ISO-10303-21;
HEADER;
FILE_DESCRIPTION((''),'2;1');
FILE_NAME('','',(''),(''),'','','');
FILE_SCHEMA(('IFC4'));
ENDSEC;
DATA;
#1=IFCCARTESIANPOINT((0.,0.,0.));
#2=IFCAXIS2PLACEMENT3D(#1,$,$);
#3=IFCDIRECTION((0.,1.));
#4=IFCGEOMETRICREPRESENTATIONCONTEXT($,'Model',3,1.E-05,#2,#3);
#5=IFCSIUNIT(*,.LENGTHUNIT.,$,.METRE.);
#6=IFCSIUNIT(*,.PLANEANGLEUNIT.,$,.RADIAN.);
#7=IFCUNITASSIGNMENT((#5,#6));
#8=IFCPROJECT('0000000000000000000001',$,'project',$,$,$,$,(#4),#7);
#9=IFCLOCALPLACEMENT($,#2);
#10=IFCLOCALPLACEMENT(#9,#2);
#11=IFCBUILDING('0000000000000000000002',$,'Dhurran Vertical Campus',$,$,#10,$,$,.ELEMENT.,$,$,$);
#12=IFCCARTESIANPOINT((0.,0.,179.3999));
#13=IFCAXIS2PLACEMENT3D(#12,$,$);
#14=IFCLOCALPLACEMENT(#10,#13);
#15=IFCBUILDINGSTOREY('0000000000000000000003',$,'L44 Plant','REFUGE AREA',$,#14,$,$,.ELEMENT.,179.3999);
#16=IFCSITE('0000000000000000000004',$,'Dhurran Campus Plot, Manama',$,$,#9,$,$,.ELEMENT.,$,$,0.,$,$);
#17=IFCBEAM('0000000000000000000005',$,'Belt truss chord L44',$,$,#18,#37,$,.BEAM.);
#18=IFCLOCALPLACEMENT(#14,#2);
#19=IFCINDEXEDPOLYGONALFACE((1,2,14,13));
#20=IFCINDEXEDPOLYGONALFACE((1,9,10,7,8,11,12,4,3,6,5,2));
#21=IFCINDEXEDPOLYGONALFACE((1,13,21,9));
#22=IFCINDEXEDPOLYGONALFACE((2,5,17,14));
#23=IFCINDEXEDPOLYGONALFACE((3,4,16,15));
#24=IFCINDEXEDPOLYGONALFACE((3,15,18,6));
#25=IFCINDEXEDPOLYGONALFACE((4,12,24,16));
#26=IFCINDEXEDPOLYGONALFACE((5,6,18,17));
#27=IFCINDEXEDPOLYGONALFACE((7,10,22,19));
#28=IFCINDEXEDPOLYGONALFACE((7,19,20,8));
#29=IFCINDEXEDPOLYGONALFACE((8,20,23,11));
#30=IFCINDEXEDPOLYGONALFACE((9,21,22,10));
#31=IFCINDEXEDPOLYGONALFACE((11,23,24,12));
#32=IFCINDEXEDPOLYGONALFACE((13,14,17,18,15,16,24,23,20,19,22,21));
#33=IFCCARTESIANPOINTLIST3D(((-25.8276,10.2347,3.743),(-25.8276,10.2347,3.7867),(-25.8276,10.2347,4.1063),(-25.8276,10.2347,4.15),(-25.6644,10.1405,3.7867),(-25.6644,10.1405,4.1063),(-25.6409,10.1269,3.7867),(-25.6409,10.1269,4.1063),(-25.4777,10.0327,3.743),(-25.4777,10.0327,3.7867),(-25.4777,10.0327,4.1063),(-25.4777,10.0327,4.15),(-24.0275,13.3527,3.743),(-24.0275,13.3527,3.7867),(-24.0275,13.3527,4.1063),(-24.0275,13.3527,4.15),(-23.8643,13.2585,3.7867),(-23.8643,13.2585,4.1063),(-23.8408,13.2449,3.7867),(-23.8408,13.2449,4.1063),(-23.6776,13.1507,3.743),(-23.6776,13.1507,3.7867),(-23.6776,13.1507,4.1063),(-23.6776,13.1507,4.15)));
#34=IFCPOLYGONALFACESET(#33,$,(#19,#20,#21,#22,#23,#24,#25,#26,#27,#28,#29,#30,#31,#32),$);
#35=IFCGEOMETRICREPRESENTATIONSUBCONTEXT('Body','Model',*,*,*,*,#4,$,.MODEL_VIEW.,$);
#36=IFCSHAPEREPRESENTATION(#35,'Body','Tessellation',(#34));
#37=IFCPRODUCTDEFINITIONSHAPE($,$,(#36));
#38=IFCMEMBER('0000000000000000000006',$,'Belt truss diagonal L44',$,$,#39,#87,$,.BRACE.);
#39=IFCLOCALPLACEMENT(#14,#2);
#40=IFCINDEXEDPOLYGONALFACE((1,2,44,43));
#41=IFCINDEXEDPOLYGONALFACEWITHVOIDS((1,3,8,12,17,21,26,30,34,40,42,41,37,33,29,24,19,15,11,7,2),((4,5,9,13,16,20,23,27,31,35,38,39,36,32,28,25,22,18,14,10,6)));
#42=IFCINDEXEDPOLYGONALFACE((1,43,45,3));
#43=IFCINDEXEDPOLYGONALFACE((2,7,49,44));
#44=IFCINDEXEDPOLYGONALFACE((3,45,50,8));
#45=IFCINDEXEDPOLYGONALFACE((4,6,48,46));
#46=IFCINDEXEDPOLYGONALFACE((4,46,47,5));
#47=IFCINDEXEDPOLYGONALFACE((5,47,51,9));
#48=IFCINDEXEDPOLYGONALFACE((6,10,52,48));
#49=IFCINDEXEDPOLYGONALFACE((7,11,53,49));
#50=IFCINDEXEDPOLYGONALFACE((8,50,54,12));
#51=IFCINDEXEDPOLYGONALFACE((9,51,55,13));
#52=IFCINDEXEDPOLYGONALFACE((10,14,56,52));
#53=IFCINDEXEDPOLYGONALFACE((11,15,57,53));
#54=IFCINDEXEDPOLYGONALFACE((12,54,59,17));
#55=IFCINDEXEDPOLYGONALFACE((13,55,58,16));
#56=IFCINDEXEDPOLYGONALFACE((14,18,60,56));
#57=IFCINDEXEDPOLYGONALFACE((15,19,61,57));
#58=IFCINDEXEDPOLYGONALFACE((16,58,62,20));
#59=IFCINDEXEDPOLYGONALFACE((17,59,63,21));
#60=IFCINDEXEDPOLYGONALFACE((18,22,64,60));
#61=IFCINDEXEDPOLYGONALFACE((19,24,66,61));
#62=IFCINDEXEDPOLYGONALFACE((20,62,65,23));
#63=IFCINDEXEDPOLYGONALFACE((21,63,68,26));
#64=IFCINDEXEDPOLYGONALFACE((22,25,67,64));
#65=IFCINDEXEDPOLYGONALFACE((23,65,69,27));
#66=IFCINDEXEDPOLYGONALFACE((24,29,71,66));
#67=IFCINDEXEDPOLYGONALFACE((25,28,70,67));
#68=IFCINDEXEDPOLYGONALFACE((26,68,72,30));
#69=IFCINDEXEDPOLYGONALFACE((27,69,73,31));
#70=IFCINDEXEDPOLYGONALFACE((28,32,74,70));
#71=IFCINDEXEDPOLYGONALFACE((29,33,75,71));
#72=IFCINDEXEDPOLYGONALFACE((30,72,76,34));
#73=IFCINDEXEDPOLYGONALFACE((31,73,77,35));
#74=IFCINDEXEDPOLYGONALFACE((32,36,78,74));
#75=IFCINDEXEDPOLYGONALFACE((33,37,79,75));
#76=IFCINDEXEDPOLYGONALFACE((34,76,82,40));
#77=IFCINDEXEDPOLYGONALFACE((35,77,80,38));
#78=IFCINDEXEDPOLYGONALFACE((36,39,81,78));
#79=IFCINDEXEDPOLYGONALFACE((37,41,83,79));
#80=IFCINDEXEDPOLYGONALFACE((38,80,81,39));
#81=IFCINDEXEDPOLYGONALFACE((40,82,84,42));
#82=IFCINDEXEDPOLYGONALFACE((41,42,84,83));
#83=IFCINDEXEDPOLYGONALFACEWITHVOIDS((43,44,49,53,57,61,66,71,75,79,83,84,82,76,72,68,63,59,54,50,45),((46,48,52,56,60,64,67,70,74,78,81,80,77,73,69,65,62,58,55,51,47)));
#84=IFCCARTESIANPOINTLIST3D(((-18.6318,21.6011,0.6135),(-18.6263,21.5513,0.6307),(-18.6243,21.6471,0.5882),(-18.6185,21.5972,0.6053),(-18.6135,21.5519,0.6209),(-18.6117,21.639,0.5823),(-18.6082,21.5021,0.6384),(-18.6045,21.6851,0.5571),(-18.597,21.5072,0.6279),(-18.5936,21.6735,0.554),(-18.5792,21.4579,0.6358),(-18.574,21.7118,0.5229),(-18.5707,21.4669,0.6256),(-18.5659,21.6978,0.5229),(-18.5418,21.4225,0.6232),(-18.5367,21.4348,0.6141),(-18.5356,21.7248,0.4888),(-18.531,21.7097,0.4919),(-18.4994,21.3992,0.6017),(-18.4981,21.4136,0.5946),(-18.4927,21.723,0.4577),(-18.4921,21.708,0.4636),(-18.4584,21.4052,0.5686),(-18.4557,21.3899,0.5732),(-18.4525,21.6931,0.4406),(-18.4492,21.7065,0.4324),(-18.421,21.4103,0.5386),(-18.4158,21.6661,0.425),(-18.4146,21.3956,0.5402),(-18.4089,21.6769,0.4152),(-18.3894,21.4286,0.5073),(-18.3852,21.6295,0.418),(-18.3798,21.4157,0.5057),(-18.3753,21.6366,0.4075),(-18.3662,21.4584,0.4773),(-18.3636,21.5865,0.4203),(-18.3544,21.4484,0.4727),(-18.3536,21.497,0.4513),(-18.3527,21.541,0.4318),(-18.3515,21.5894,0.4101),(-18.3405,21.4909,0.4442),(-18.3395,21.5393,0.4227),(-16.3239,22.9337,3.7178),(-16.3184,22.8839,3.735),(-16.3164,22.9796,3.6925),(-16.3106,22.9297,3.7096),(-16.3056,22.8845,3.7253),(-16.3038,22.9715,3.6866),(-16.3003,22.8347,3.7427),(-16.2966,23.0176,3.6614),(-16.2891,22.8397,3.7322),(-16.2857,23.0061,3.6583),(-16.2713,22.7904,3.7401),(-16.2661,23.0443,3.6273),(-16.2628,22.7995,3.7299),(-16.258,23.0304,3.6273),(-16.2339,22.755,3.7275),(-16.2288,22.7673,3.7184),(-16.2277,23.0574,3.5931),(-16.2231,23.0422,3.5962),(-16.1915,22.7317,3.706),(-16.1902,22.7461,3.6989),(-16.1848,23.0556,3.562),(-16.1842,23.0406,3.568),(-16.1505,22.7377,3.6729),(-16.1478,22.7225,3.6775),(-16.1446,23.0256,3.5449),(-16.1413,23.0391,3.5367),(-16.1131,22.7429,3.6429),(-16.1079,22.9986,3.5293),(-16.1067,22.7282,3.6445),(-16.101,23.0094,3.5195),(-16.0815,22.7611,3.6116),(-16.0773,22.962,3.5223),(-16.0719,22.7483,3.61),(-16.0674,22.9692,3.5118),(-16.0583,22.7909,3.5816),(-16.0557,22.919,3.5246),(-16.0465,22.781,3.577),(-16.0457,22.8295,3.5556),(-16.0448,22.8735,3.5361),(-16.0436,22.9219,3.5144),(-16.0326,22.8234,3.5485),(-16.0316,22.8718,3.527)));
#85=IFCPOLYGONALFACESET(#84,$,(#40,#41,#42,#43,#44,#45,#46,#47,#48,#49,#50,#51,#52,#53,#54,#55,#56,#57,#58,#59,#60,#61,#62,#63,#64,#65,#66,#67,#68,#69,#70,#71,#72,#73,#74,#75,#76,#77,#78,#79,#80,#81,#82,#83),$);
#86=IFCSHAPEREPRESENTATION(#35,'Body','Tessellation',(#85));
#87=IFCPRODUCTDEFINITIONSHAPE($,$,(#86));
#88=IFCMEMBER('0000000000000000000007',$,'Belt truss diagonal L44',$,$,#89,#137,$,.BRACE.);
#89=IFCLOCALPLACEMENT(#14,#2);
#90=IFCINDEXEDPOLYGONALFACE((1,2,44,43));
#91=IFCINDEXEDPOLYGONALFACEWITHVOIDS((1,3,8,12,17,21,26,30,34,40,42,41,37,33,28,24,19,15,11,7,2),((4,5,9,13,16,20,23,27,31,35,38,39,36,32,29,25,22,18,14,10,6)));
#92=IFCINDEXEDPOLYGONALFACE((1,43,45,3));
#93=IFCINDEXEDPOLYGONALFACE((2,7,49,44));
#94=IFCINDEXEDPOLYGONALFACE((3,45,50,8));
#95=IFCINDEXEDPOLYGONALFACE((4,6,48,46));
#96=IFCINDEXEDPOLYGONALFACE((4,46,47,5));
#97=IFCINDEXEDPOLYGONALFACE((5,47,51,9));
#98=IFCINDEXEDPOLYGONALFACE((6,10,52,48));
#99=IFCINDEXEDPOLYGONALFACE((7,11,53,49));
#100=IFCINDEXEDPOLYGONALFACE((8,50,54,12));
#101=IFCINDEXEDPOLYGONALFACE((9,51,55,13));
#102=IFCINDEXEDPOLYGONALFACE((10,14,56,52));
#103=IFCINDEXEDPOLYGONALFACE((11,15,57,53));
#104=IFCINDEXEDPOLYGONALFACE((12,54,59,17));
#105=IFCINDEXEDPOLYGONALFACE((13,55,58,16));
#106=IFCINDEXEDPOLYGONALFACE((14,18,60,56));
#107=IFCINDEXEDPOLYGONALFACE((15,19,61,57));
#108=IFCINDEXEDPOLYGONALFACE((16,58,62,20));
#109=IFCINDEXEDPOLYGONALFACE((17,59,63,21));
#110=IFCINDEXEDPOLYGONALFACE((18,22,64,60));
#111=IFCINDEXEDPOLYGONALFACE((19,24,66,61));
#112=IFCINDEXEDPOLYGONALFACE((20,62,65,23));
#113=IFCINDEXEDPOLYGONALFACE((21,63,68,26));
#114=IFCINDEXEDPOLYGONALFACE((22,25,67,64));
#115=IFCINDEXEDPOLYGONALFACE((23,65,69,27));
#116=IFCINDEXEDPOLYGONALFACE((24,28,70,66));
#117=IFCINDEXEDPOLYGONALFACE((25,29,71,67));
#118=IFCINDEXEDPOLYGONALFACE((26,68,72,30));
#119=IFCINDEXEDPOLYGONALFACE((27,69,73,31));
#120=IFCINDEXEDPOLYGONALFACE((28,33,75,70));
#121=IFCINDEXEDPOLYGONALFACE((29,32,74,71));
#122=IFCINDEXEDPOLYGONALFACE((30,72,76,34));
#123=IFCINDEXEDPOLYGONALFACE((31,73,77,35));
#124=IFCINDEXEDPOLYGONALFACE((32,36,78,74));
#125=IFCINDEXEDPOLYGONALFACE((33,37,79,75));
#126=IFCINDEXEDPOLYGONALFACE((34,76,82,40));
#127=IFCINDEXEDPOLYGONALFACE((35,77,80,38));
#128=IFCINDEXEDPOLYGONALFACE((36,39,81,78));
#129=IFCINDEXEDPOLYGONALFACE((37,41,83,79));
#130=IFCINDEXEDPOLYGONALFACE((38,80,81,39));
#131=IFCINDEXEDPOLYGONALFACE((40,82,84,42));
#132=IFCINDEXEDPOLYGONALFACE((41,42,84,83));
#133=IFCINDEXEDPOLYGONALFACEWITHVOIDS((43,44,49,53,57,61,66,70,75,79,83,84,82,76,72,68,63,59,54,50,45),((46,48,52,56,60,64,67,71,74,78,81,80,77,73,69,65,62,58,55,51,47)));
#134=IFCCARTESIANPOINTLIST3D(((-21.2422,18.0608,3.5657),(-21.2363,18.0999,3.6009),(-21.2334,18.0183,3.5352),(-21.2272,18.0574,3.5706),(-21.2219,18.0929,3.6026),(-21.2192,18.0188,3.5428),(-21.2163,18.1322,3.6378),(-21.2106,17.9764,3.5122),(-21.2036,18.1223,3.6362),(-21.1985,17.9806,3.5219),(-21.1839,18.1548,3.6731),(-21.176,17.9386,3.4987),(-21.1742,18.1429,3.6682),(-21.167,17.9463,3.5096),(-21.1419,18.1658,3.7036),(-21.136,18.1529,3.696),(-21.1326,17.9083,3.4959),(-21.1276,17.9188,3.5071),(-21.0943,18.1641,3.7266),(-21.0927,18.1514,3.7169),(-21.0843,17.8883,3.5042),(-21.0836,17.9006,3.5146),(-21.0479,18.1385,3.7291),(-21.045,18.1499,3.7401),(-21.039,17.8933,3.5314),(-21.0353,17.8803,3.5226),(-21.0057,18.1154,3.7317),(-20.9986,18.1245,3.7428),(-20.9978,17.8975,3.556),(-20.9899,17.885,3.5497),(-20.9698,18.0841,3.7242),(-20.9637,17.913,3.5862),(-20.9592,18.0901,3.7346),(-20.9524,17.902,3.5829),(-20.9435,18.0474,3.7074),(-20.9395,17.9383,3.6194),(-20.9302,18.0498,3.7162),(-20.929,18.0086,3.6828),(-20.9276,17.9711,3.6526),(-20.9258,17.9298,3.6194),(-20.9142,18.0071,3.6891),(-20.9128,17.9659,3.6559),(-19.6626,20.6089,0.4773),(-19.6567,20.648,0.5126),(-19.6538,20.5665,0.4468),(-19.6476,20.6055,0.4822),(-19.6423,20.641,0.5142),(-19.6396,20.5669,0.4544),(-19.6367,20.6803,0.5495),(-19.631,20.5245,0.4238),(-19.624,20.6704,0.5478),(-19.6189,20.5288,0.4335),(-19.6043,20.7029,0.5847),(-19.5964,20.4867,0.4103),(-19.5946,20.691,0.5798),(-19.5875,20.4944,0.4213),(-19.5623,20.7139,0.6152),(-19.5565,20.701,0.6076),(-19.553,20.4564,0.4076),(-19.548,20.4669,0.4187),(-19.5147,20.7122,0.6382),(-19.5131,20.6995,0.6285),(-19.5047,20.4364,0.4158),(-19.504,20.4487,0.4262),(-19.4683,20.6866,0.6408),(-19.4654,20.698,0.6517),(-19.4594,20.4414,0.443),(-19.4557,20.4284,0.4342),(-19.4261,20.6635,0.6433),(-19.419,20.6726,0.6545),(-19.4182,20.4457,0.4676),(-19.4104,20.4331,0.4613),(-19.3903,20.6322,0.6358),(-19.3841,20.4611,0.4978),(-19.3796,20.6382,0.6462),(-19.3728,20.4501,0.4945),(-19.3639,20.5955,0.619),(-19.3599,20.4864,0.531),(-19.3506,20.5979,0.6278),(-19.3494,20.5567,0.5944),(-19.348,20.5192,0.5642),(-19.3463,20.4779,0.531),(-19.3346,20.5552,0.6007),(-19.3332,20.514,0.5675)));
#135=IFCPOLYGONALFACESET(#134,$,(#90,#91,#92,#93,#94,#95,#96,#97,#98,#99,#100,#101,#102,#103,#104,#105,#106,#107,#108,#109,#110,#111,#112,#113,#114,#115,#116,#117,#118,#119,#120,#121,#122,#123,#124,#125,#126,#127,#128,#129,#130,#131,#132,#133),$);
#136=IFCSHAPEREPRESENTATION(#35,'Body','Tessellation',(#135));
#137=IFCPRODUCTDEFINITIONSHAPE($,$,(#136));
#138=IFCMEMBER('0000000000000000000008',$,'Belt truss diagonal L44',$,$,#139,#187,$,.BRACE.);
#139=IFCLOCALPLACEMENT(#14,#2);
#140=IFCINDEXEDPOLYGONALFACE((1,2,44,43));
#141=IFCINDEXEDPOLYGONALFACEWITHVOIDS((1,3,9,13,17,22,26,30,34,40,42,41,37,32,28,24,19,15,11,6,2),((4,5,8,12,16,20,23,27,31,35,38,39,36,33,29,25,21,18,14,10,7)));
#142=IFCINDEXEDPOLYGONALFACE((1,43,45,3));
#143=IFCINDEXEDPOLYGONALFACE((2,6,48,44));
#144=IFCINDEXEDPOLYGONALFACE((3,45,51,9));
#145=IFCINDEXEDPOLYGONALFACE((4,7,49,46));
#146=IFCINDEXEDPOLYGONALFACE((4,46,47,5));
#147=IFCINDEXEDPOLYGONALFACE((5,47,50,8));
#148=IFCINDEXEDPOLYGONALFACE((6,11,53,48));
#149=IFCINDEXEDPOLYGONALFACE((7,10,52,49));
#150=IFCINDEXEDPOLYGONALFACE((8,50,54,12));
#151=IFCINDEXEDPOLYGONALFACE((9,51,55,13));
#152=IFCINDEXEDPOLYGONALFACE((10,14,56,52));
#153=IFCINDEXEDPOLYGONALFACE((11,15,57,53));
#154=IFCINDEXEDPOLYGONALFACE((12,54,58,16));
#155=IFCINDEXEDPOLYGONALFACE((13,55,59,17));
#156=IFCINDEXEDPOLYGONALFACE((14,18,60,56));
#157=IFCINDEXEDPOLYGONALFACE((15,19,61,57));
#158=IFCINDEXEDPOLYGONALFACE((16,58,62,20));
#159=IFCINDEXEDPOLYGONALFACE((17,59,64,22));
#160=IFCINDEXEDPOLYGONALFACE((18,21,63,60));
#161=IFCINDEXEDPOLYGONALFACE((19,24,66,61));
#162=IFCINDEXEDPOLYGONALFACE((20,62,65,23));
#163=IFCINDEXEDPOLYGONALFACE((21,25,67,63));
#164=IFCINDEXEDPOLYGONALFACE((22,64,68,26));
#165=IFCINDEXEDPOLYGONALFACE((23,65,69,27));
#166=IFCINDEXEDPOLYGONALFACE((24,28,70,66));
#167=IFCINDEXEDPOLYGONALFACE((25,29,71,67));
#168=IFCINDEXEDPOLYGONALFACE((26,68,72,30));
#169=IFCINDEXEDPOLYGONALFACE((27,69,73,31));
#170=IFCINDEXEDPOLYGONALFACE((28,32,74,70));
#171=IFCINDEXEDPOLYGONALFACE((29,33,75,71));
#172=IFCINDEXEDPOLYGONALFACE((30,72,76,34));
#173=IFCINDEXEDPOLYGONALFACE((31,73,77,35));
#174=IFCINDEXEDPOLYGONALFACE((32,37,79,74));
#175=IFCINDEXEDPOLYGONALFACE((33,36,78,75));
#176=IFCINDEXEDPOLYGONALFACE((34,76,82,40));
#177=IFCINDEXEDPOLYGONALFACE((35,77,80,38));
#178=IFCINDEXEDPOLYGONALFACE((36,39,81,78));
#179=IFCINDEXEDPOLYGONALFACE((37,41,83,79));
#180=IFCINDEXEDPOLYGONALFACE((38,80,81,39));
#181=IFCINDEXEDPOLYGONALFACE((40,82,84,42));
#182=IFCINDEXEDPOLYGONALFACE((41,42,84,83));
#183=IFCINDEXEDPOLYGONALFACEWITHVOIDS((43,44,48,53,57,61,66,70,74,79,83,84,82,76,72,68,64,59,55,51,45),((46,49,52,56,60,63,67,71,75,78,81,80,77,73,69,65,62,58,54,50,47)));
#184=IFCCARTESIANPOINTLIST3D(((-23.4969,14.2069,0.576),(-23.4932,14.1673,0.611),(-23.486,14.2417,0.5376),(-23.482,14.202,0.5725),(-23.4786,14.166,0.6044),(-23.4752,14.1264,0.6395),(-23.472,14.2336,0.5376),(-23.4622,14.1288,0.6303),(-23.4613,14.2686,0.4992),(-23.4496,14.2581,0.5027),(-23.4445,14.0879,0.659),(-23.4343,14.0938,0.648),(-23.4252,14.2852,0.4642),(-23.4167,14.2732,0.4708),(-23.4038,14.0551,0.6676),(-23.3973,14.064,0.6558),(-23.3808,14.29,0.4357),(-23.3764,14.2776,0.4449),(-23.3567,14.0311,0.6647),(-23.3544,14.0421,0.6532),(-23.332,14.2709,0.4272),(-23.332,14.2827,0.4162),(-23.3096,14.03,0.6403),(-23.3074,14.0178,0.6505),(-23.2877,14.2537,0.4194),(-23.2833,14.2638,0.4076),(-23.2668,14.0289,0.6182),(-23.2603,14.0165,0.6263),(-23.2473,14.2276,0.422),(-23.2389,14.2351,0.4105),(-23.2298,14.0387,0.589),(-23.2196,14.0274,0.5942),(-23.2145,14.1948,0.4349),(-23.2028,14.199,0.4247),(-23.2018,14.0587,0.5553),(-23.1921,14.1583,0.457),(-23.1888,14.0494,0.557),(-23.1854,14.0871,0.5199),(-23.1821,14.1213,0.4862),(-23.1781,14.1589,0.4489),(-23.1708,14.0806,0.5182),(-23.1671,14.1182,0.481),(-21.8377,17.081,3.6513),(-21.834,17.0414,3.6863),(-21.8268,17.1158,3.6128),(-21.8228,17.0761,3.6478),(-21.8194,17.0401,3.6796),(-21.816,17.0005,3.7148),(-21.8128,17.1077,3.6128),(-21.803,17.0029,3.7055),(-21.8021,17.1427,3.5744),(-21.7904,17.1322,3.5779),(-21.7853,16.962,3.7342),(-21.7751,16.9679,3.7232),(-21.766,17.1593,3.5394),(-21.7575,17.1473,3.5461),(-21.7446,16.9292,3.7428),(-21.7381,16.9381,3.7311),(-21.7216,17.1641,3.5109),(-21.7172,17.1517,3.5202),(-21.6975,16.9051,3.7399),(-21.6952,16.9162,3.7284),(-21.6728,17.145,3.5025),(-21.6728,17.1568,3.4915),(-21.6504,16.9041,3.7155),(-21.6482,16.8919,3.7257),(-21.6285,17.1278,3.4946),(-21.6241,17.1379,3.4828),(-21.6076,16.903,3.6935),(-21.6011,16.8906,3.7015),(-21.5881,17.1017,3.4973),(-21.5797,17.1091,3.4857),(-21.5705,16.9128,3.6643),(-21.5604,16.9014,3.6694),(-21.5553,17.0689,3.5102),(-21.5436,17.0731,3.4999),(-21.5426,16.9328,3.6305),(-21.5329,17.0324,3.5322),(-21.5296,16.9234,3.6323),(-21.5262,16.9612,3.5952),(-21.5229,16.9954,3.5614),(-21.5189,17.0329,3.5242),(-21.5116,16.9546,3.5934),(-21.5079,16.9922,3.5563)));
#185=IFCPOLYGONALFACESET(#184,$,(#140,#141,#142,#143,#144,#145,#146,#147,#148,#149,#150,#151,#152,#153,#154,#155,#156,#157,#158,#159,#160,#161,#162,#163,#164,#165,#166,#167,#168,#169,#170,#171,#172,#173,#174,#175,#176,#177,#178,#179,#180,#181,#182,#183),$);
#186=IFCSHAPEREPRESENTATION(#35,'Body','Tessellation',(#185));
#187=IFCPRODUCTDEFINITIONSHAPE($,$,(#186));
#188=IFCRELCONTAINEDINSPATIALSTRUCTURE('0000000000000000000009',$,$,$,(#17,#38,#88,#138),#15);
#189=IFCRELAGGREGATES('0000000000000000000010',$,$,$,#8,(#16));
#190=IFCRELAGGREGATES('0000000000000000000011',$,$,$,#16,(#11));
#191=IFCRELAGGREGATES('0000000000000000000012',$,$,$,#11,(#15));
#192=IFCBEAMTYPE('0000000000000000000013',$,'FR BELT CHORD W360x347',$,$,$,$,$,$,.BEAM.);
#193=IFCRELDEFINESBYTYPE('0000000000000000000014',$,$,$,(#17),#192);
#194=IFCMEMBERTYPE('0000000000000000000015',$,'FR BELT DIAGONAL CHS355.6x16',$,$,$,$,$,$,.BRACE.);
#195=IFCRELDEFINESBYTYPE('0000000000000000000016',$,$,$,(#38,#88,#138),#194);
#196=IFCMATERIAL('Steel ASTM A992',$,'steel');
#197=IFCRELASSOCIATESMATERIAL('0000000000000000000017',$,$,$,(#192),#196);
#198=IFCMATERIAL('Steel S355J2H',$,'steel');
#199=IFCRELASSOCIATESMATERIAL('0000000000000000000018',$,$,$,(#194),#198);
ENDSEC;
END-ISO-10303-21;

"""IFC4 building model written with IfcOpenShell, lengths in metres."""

from ifc_helpers import new_model, si_unit, direction, frame, origin, origin_2d, place, context, subcontext, project, spatial, hollow_circle, i_section, extrude, material, material_profile, profile_set, type_object, element, save


model = new_model("IFC4")

# Units and contexts
model_context = context("Model", 3, precision=1e-05, world=origin(), true_north=direction((0.0, 1.0)))
body_context = subcontext(model_context, "Body", "Model", "MODEL_VIEW")
ifc_project = project(units=[si_unit("LENGTHUNIT", "METRE"), si_unit("PLANEANGLEUNIT", "RADIAN")], contexts=[model_context])

# Site, building, storey
site_placement = place(None, origin())
site = spatial("IfcSite", under=ifc_project, at=site_placement, Name="Dhurran Campus Plot, Manama", CompositionType="ELEMENT", RefElevation=0.0)
building_placement = place(site_placement, origin())
building = spatial("IfcBuilding", under=site, at=building_placement, Name="Dhurran Vertical Campus", CompositionType="ELEMENT")
storey_placement = place(building_placement, frame((0.0, 0.0, 179.3999)))
storey = spatial("IfcBuildingStorey", under=building, at=storey_placement, Name="L44 Plant", Description="REFUGE AREA", CompositionType="ELEMENT", Elevation=179.3999)

# Beam
ifc_material_1 = material(Name="Steel ASTM A992", Category="steel")
ifc_material_profile_1 = material_profile(ifc_material_1, i_section(OverallWidth=0.4041, OverallDepth=0.407, WebThickness=0.0271, FlangeThickness=0.0437, at=origin_2d()), Name="W360x347")
ifc_profile_set_1 = profile_set([ifc_material_profile_1], Name="Steel ASTM A992")
beam_type = type_object("IfcBeamType", Name="FR BELT CHORD W360x347", PredefinedType="BEAM", material=ifc_profile_set_1)
for number, where, z_axis, x_axis, name in (
    (1, (-23.8525, 13.2517, 3.9465), (-0.499983, -0.866035, 0.0), (0.866035, -0.499983, 0.0), "Belt truss chord L44"),
):
    element("IfcBeam", number, at=place(storey_placement, frame(where, z_axis=z_axis, x_axis=x_axis)), inside=storey, type_object=beam_type, Name=name, PredefinedType="BEAM", context=body_context, shape_type="SweptSolid", body=[
        extrude(i_section(OverallWidth=0.4041, OverallDepth=0.407, WebThickness=0.0271, FlangeThickness=0.0437, at=origin_2d()), origin(), (0.0, 0.0, 1.0), 3.6003),
    ])

# Members
ifc_material_2 = material(Name="Steel S355J2H", Category="steel")
ifc_material_profile_2 = material_profile(ifc_material_2, hollow_circle(Radius=0.1777, WallThickness=0.0161, at=origin_2d()), Name="CHS355.6x16")
ifc_profile_set_2 = profile_set([ifc_material_profile_2], Name="Steel S355J2H")
member_type = type_object("IfcMemberType", Name="FR BELT DIAGONAL CHS355.6x16", PredefinedType="BRACE", material=ifc_profile_set_2)
member_1_placement = place(storey_placement, frame((-18.4851, 21.5579, 0.5229), z_axis=(0.564099, 0.325701, 0.758756), x_axis=(-0.500021, 0.866013, 0.0)))
element("IfcMember", 2, at=member_1_placement, inside=storey, type_object=member_type, Name="Belt truss diagonal L44", PredefinedType="BRACE", context=body_context, shape_type="SweptSolid", body=[
    extrude(hollow_circle(Radius=0.1777, WallThickness=0.0161, at=origin_2d()), origin(), (0.0, 0.0, 1.0), 4.0913),
])
member_2_placement = place(storey_placement, frame((-19.4973, 20.5715, 0.531), z_axis=(-0.36699, -0.592005, 0.71753), x_axis=(0.849937, -0.526884, 0.0)))
element("IfcMember", 3, at=member_2_placement, inside=storey, type_object=member_type, Name="Belt truss diagonal L44", PredefinedType="BRACE", context=body_context, shape_type="SweptSolid", body=[
    extrude(hollow_circle(Radius=0.1777, WallThickness=0.0161, at=origin_2d()), origin(), (0.0, 0.0, 1.0), 4.3042),
])
member_3_placement = place(storey_placement, frame((-23.332, 14.1528, 0.5376), z_axis=(0.366722, 0.635235, 0.679699), x_axis=(-0.866043, 0.499969, 0.0)))
element("IfcMember", 4, at=member_3_placement, inside=storey, type_object=member_type, Name="Belt truss diagonal L44", PredefinedType="BRACE", context=body_context, shape_type="SweptSolid", body=[
    extrude(hollow_circle(Radius=0.1777, WallThickness=0.0161, at=origin_2d()), origin(), (0.0, 0.0, 1.0), 4.5244),
])

save(model, "model.ifc")
